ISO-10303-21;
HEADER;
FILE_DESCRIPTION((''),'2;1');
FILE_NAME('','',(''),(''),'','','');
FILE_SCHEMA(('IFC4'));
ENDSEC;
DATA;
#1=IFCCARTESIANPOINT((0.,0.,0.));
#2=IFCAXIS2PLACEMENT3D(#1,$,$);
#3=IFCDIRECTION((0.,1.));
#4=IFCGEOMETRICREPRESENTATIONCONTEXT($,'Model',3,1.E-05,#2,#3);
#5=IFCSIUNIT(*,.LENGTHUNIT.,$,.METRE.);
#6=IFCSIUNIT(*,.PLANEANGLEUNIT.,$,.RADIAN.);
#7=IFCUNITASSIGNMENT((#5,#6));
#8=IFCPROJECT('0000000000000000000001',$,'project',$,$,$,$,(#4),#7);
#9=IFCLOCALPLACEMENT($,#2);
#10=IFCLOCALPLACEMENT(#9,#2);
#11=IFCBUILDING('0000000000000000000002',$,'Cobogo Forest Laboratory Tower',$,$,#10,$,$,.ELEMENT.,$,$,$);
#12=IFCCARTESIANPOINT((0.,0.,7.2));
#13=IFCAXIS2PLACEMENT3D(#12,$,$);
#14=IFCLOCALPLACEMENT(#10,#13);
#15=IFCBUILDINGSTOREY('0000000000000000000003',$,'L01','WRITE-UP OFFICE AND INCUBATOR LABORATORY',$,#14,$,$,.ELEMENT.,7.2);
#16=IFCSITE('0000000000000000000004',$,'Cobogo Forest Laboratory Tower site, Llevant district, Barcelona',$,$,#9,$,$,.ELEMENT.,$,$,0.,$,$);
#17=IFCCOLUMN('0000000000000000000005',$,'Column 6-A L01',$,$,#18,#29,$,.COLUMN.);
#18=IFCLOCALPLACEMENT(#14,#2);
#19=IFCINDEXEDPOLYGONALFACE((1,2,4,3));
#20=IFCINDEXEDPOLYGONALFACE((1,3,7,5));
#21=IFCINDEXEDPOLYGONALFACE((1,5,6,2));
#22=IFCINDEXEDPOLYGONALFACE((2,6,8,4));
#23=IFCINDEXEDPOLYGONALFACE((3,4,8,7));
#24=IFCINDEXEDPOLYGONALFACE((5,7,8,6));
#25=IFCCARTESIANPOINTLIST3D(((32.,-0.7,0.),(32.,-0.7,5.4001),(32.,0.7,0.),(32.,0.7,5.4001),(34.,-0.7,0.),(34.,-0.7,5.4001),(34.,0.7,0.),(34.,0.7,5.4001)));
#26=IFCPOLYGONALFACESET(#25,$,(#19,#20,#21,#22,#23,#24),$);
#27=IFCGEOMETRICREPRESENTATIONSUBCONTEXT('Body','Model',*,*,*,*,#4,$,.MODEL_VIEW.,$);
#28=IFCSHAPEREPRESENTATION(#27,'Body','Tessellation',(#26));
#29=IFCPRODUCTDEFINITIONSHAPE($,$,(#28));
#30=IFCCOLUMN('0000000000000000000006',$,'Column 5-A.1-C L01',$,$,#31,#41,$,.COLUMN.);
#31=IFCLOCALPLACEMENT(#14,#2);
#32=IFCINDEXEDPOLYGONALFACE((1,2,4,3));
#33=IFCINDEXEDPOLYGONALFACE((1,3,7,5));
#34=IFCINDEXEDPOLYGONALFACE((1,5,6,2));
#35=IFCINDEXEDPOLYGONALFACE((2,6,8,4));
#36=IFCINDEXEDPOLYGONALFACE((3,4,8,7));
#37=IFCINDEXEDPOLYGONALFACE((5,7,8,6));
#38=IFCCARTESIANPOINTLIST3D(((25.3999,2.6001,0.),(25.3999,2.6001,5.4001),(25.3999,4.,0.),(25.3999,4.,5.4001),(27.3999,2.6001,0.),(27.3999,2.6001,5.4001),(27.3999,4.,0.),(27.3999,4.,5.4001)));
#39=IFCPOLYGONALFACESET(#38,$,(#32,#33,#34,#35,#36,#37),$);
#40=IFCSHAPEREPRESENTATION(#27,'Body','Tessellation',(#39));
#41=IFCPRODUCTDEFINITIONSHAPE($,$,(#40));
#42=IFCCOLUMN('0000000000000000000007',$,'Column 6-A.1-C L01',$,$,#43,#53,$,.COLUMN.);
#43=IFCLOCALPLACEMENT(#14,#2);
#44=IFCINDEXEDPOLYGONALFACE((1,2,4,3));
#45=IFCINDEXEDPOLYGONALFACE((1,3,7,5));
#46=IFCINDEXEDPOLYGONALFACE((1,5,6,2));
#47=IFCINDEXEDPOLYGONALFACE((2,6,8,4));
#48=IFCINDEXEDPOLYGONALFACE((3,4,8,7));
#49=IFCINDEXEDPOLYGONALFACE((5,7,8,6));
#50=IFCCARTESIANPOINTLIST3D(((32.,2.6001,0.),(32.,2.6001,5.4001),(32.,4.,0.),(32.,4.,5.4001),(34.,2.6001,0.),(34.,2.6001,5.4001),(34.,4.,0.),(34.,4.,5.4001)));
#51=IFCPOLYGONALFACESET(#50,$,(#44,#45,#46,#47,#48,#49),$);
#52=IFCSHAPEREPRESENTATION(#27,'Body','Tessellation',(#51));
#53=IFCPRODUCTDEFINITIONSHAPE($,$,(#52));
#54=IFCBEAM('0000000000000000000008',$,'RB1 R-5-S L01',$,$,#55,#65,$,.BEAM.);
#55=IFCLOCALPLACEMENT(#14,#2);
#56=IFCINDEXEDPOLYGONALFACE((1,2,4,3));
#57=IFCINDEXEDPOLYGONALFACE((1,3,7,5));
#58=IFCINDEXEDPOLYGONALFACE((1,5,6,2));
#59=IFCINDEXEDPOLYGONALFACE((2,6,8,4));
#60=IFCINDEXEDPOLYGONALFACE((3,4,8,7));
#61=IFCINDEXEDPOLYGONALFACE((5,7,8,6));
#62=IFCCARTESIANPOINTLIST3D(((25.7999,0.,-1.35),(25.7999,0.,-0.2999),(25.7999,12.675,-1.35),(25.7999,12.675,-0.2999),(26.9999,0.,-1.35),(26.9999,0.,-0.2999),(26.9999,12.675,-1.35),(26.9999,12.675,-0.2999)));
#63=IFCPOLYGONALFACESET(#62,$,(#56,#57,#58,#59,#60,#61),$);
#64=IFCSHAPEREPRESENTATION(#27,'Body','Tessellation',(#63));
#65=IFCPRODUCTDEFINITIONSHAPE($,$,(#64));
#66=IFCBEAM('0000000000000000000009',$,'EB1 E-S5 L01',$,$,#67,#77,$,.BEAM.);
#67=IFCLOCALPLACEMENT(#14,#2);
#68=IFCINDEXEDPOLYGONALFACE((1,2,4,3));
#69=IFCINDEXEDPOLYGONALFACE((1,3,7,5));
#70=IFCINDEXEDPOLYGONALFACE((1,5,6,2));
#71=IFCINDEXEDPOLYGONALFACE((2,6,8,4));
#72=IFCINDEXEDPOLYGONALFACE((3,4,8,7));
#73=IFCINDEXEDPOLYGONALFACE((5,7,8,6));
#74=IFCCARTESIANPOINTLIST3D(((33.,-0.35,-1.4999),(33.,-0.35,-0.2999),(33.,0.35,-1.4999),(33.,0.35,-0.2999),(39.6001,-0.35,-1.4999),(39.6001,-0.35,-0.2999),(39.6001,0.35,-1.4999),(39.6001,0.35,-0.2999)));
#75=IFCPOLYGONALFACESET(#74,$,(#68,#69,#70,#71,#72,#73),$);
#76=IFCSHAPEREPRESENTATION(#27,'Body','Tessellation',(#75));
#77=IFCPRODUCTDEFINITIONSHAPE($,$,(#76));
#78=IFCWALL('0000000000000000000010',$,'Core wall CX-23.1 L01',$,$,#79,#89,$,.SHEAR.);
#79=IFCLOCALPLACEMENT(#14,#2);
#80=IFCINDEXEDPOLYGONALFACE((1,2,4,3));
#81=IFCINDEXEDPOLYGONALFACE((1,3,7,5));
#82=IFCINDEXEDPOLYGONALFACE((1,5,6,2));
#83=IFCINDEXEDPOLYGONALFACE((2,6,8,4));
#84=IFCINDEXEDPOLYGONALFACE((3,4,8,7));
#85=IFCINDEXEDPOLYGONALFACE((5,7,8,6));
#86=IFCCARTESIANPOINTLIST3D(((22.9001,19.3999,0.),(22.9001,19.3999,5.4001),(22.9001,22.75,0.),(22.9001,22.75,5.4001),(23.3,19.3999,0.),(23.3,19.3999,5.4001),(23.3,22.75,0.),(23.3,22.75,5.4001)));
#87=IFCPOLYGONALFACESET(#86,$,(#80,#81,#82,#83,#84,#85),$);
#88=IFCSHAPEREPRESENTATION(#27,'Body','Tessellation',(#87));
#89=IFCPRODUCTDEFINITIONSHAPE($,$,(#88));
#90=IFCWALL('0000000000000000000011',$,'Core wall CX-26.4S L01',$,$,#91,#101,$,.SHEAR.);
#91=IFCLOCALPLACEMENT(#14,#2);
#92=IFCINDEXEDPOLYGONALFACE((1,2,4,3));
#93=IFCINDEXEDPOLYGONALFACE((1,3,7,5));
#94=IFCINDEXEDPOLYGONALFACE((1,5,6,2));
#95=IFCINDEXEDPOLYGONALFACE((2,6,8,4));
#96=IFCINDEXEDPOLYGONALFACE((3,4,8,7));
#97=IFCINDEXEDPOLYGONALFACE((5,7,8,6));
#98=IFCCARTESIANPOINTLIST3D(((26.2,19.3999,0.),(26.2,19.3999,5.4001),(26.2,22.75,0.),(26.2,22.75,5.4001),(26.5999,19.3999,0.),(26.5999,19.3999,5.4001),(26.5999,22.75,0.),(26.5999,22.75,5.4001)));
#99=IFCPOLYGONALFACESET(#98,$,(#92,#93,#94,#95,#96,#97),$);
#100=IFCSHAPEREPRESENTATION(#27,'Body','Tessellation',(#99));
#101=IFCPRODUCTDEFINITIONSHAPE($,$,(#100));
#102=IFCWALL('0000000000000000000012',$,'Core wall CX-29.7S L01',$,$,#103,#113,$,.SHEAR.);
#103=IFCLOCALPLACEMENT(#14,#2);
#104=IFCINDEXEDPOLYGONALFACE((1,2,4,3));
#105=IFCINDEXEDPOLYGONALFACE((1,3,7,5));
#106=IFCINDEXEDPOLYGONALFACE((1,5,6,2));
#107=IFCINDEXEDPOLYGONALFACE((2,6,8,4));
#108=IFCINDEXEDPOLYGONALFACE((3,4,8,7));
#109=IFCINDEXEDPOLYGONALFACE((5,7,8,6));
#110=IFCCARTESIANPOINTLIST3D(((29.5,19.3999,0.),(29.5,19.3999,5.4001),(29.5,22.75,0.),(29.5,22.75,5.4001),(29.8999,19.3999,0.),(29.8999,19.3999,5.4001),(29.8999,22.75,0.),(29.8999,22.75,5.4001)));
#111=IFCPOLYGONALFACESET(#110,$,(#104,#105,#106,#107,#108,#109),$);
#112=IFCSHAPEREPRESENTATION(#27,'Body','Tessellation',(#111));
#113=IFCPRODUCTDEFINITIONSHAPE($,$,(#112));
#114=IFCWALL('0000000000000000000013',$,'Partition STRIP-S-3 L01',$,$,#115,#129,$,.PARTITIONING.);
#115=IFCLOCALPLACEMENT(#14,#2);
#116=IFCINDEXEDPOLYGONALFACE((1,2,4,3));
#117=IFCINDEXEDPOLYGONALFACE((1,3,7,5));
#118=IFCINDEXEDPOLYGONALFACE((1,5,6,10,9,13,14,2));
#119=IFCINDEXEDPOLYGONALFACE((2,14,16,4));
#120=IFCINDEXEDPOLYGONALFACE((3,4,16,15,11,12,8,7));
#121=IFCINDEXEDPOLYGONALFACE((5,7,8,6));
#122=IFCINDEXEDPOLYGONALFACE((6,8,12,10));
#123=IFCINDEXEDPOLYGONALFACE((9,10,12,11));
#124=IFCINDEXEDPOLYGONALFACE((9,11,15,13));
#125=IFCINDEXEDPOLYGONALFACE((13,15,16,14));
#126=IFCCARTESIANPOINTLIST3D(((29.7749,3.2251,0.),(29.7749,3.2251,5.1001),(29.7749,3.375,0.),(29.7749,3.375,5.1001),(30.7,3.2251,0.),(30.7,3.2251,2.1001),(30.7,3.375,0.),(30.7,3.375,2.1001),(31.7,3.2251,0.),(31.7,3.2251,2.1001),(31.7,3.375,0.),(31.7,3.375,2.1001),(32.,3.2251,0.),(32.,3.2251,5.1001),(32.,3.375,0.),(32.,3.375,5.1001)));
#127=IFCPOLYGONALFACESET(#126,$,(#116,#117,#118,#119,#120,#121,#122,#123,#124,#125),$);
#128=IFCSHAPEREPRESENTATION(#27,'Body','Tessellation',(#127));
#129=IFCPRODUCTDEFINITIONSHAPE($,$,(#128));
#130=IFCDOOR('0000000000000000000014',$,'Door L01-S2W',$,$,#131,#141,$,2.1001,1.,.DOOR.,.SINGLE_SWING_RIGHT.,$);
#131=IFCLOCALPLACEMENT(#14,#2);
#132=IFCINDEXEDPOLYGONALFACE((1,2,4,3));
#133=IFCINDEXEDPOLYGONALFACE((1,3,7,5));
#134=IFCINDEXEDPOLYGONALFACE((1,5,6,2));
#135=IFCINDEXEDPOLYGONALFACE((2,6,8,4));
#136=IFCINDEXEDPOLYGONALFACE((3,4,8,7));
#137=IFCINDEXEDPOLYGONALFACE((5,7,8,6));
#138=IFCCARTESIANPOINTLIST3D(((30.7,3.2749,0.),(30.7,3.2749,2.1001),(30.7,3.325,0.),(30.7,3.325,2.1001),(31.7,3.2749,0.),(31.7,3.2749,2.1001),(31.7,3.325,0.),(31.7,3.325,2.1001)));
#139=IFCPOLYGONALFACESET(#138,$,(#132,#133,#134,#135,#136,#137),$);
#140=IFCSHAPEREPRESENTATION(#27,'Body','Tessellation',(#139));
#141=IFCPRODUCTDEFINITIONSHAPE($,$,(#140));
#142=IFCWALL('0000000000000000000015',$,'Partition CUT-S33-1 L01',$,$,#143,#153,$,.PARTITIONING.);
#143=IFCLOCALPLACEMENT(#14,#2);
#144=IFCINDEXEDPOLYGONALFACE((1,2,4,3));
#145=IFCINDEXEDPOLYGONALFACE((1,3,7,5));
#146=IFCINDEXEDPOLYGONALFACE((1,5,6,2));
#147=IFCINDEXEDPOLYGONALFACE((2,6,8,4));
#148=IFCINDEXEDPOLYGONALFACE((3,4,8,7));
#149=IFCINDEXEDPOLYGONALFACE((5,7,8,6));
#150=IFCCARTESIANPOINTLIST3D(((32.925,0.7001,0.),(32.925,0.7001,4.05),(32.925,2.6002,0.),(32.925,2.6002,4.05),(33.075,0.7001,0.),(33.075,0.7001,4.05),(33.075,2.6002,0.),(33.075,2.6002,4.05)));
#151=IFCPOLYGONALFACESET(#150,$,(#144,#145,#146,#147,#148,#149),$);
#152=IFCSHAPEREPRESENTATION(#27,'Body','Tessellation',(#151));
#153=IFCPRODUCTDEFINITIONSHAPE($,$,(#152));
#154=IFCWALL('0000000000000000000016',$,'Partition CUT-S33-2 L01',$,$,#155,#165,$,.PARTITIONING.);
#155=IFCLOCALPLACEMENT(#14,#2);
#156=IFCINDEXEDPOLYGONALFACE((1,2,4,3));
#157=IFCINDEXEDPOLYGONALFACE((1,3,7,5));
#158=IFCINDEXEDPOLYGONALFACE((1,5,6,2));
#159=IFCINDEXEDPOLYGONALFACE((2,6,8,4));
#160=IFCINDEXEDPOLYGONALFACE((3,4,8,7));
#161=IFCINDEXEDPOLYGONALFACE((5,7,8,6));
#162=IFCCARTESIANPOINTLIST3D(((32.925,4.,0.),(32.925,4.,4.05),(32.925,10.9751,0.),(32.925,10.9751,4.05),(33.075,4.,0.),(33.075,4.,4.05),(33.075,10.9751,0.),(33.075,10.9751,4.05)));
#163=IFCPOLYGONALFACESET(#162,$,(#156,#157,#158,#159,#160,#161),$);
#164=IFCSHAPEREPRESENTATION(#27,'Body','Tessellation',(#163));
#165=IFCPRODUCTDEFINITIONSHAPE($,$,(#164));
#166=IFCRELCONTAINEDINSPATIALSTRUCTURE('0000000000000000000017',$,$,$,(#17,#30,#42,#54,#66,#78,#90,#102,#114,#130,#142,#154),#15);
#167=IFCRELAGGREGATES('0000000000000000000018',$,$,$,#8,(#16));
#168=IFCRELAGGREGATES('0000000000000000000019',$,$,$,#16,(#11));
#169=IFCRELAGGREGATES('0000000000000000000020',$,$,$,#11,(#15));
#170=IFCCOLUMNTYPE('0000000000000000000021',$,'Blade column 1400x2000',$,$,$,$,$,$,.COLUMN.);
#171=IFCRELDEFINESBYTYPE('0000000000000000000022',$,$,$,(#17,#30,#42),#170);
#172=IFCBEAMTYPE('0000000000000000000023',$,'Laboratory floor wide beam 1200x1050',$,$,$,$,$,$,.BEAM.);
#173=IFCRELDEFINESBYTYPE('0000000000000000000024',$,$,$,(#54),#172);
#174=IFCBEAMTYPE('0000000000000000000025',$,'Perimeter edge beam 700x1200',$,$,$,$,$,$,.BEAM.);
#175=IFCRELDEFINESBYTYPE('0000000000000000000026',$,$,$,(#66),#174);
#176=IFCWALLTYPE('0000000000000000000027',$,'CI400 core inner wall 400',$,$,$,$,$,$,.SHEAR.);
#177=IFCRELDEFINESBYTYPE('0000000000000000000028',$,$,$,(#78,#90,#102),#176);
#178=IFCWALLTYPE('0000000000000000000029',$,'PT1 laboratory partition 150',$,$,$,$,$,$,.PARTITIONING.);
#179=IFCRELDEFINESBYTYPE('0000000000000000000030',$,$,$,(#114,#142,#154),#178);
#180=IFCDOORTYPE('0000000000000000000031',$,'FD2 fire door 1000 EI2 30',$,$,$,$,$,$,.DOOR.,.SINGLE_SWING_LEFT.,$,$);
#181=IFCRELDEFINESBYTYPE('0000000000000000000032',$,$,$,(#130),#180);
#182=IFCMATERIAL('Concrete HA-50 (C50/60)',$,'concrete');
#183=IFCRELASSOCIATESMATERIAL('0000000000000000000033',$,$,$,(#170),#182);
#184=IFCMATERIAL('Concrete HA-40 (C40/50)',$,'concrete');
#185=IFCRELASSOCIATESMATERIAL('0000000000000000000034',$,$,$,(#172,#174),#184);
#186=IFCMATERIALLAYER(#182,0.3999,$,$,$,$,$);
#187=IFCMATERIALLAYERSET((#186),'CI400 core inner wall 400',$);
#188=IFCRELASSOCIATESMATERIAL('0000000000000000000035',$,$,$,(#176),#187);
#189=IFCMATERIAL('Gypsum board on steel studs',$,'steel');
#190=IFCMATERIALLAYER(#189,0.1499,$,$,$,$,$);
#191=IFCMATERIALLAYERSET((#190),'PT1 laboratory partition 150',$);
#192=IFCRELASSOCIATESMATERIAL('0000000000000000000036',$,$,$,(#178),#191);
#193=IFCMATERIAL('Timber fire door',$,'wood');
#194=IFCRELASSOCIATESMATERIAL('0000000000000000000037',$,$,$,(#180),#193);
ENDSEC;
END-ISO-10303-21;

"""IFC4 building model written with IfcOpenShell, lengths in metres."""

from ifc_helpers import new_model, si_unit, direction, frame, frame_2d, origin, origin_2d, place, context, subcontext, project, spatial, rectangle, extrude, material, layer, layer_set, material_profile, profile_set, type_object, element, fill, save


model = new_model("IFC4")

# Units and contexts
model_context = context("Model", 3, precision=1e-05, world=origin(), true_north=direction((0.0, 1.0)))
body_context = subcontext(model_context, "Body", "Model", "MODEL_VIEW")
ifc_project = project(units=[si_unit("LENGTHUNIT", "METRE"), si_unit("PLANEANGLEUNIT", "RADIAN")], contexts=[model_context])

# Site, building, storey
site_placement = place(None, origin())
site = spatial("IfcSite", under=ifc_project, at=site_placement, Name="Cobogo Forest Laboratory Tower site, Llevant district, Barcelona", CompositionType="ELEMENT", RefElevation=0.0)
building_placement = place(site_placement, origin())
building = spatial("IfcBuilding", under=site, at=building_placement, Name="Cobogo Forest Laboratory Tower", CompositionType="ELEMENT")
storey_placement = place(building_placement, frame((0.0, 0.0, 7.2)))
storey = spatial("IfcBuildingStorey", under=building, at=storey_placement, Name="L01", Description="WRITE-UP OFFICE AND INCUBATOR LABORATORY", CompositionType="ELEMENT", Elevation=7.2)

# Columns
ifc_material_1 = material(Name="Concrete HA-50 (C50/60)", Category="concrete")
ifc_material_profile_1 = material_profile(ifc_material_1, rectangle(XDim=2.0, YDim=1.3999, at=origin_2d()), Name="RC 1400x2000")
ifc_profile_set_1 = profile_set([ifc_material_profile_1], Name="Concrete HA-50 (C50/60)")
column_type = type_object("IfcColumnType", Name="Blade column 1400x2000", PredefinedType="COLUMN", material=ifc_profile_set_1)
for number, where, z_axis, x_axis, name in (
    (1, (33.0, 0.0, 0.0), (0.0, 0.0, 1.0), (1.0, 0.0, 0.0), "Column 6-A L01"),
    (2, (26.3999, 3.3, 0.0), (0.0, 0.0, 1.0), (1.0, 0.0, 0.0), "Column 5-A.1-C L01"),
    (3, (33.0, 3.3, 0.0), (0.0, 0.0, 1.0), (1.0, 0.0, 0.0), "Column 6-A.1-C L01"),
):
    element("IfcColumn", number, at=place(storey_placement, frame(where, z_axis=z_axis, x_axis=x_axis)), inside=storey, type_object=column_type, Name=name, PredefinedType="COLUMN", context=body_context, shape_type="SweptSolid", body=[
        extrude(rectangle(XDim=2.0, YDim=1.3999, at=origin_2d()), origin(), (0.0, 0.0, 1.0), 5.4001),
    ])

# Beams
ifc_material_2 = material(Name="Concrete HA-40 (C40/50)", Category="concrete")
ifc_material_profile_2 = material_profile(ifc_material_2, rectangle(XDim=1.2, YDim=1.05, at=origin_2d()), Name="RC 1200x1050")
ifc_profile_set_2 = profile_set([ifc_material_profile_2], Name="Concrete HA-40 (C40/50)")
beam_type_1 = type_object("IfcBeamType", Name="Laboratory floor wide beam 1200x1050", PredefinedType="BEAM", material=ifc_profile_set_2)
beam_1_placement = place(storey_placement, frame((26.3999, 12.675, -0.825), z_axis=(0.0, -1.0, 0.0), x_axis=(1.0, 0.0, 0.0)))
element("IfcBeam", 4, at=beam_1_placement, inside=storey, type_object=beam_type_1, Name="RB1 R-5-S L01", PredefinedType="BEAM", context=body_context, shape_type="SweptSolid", body=[
    extrude(rectangle(XDim=1.2, YDim=1.05, at=origin_2d()), origin(), (0.0, 0.0, 1.0), 12.675),
])
ifc_material_profile_3 = material_profile(ifc_material_2, rectangle(XDim=0.7, YDim=1.2, at=origin_2d()), Name="RC 700x1200")
ifc_profile_set_3 = profile_set([ifc_material_profile_3], Name="Concrete HA-40 (C40/50)")
beam_type_2 = type_object("IfcBeamType", Name="Perimeter edge beam 700x1200", PredefinedType="BEAM", material=ifc_profile_set_3)
beam_2_placement = place(storey_placement, frame((33.0, 0.0, -0.8999), z_axis=(1.0, 0.0, 0.0), x_axis=(0.0, 1.0, 0.0)))
element("IfcBeam", 5, at=beam_2_placement, inside=storey, type_object=beam_type_2, Name="EB1 E-S5 L01", PredefinedType="BEAM", context=body_context, shape_type="SweptSolid", body=[
    extrude(rectangle(XDim=0.7, YDim=1.2, at=origin_2d()), origin(), (0.0, 0.0, 1.0), 6.6001),
])

# Walls
ifc_layer_1 = layer(ifc_material_1, 0.3999)
ifc_layer_set_1 = layer_set([ifc_layer_1], Name="CI400 core inner wall 400")
wall_type_1 = type_object("IfcWallType", Name="CI400 core inner wall 400", PredefinedType="SHEAR", material=ifc_layer_set_1)
for number, where, z_axis, x_axis, name in (
    (6, (23.1001, 19.3999, 0.0), (0.0, 0.0, 1.0), (0.0, 1.0, 0.0), "Core wall CX-23.1 L01"),
    (7, (26.3999, 19.3999, 0.0), (0.0, 0.0, 1.0), (0.0, 1.0, 0.0), "Core wall CX-26.4S L01"),
    (8, (29.7, 19.3999, 0.0), (0.0, 0.0, 1.0), (0.0, 1.0, 0.0), "Core wall CX-29.7S L01"),
):
    element("IfcWall", number, at=place(storey_placement, frame(where, z_axis=z_axis, x_axis=x_axis)), inside=storey, type_object=wall_type_1, Name=name, PredefinedType="SHEAR", context=body_context, shape_type="SweptSolid", body=[
        extrude(rectangle(XDim=3.3501, YDim=0.3999, at=frame_2d((1.675, 0.0))), origin(), (0.0, 0.0, 1.0), 5.4001),
    ])

# Wall, opening, door
ifc_material_3 = material(Name="Gypsum board on steel studs", Category="steel")
ifc_layer_2 = layer(ifc_material_3, 0.1499)
ifc_layer_set_2 = layer_set([ifc_layer_2], Name="PT1 laboratory partition 150")
wall_type_2 = type_object("IfcWallType", Name="PT1 laboratory partition 150", PredefinedType="PARTITIONING", material=ifc_layer_set_2)
wall_1_placement = place(storey_placement, frame((29.7749, 3.3, 0.0), z_axis=(0.0, 0.0, 1.0), x_axis=(1.0, 0.0, 0.0)))
wall_1 = element("IfcWall", 9, at=wall_1_placement, inside=storey, type_object=wall_type_2, Name="Partition STRIP-S-3 L01", PredefinedType="PARTITIONING", context=body_context, shape_type="SweptSolid", body=[
    extrude(rectangle(XDim=2.2251, YDim=0.1499, at=frame_2d((1.1125, 0.0))), origin(), (0.0, 0.0, 1.0), 5.1001),
])
opening_1_placement = place(wall_1_placement, frame((0.925, 0.0, 0.0)))
opening_1 = element("IfcOpeningElement", 10, at=opening_1_placement, cuts=wall_1, PredefinedType="OPENING", context=body_context, shape_type="SweptSolid", body=[
    extrude(rectangle(XDim=1.0, YDim=2.1001, at=frame_2d((0.5, 1.05))), frame((0.0, 0.085, 0.0), z_axis=(0.0, -1.0, 0.0), x_axis=(1.0, 0.0, 0.0)), (0.0, 0.0, 1.0), 0.1699),
])
ifc_material_4 = material(Name="Timber fire door", Category="wood")
door_type_1 = type_object("IfcDoorType", Name="FD2 fire door 1000 EI2 30", OperationType="SINGLE_SWING_LEFT", PredefinedType="DOOR", material=ifc_material_4)
door_1_placement = place(opening_1_placement, origin())
door_1 = element("IfcDoor", 11, at=door_1_placement, inside=storey, type_object=door_type_1, Name="Door L01-S2W", OperationType="SINGLE_SWING_RIGHT", OverallHeight=2.1001, OverallWidth=1.0, PredefinedType="DOOR", context=body_context, shape_type="SweptSolid", body=[
    extrude(rectangle(XDim=1.0, YDim=2.1001, at=frame_2d((0.5, 1.05))), frame((0.0, 0.0249, 0.0), z_axis=(0.0, -1.0, 0.0), x_axis=(1.0, 0.0, 0.0)), (0.0, 0.0, 1.0), 0.05),
])
fill(opening_1, door_1)

# Walls
wall_2_placement = place(storey_placement, frame((33.0, 0.7, 0.0), z_axis=(0.0, 0.0, 1.0), x_axis=(0.0, 1.0, 0.0)))
element("IfcWall", 12, at=wall_2_placement, inside=storey, type_object=wall_type_2, Name="Partition CUT-S33-1 L01", PredefinedType="PARTITIONING", context=body_context, shape_type="SweptSolid", body=[
    extrude(rectangle(XDim=1.9001, YDim=0.1499, at=frame_2d((0.9502, 0.0))), origin(), (0.0, 0.0, 1.0), 4.05),
])
wall_3_placement = place(storey_placement, frame((33.0, 4.0, 0.0), z_axis=(0.0, 0.0, 1.0), x_axis=(0.0, 1.0, 0.0)))
element("IfcWall", 13, at=wall_3_placement, inside=storey, type_object=wall_type_2, Name="Partition CUT-S33-2 L01", PredefinedType="PARTITIONING", context=body_context, shape_type="SweptSolid", body=[
    extrude(rectangle(XDim=6.9751, YDim=0.1499, at=frame_2d((3.4875, 0.0))), origin(), (0.0, 0.0, 1.0), 4.05),
])

save(model, "model.ifc")
